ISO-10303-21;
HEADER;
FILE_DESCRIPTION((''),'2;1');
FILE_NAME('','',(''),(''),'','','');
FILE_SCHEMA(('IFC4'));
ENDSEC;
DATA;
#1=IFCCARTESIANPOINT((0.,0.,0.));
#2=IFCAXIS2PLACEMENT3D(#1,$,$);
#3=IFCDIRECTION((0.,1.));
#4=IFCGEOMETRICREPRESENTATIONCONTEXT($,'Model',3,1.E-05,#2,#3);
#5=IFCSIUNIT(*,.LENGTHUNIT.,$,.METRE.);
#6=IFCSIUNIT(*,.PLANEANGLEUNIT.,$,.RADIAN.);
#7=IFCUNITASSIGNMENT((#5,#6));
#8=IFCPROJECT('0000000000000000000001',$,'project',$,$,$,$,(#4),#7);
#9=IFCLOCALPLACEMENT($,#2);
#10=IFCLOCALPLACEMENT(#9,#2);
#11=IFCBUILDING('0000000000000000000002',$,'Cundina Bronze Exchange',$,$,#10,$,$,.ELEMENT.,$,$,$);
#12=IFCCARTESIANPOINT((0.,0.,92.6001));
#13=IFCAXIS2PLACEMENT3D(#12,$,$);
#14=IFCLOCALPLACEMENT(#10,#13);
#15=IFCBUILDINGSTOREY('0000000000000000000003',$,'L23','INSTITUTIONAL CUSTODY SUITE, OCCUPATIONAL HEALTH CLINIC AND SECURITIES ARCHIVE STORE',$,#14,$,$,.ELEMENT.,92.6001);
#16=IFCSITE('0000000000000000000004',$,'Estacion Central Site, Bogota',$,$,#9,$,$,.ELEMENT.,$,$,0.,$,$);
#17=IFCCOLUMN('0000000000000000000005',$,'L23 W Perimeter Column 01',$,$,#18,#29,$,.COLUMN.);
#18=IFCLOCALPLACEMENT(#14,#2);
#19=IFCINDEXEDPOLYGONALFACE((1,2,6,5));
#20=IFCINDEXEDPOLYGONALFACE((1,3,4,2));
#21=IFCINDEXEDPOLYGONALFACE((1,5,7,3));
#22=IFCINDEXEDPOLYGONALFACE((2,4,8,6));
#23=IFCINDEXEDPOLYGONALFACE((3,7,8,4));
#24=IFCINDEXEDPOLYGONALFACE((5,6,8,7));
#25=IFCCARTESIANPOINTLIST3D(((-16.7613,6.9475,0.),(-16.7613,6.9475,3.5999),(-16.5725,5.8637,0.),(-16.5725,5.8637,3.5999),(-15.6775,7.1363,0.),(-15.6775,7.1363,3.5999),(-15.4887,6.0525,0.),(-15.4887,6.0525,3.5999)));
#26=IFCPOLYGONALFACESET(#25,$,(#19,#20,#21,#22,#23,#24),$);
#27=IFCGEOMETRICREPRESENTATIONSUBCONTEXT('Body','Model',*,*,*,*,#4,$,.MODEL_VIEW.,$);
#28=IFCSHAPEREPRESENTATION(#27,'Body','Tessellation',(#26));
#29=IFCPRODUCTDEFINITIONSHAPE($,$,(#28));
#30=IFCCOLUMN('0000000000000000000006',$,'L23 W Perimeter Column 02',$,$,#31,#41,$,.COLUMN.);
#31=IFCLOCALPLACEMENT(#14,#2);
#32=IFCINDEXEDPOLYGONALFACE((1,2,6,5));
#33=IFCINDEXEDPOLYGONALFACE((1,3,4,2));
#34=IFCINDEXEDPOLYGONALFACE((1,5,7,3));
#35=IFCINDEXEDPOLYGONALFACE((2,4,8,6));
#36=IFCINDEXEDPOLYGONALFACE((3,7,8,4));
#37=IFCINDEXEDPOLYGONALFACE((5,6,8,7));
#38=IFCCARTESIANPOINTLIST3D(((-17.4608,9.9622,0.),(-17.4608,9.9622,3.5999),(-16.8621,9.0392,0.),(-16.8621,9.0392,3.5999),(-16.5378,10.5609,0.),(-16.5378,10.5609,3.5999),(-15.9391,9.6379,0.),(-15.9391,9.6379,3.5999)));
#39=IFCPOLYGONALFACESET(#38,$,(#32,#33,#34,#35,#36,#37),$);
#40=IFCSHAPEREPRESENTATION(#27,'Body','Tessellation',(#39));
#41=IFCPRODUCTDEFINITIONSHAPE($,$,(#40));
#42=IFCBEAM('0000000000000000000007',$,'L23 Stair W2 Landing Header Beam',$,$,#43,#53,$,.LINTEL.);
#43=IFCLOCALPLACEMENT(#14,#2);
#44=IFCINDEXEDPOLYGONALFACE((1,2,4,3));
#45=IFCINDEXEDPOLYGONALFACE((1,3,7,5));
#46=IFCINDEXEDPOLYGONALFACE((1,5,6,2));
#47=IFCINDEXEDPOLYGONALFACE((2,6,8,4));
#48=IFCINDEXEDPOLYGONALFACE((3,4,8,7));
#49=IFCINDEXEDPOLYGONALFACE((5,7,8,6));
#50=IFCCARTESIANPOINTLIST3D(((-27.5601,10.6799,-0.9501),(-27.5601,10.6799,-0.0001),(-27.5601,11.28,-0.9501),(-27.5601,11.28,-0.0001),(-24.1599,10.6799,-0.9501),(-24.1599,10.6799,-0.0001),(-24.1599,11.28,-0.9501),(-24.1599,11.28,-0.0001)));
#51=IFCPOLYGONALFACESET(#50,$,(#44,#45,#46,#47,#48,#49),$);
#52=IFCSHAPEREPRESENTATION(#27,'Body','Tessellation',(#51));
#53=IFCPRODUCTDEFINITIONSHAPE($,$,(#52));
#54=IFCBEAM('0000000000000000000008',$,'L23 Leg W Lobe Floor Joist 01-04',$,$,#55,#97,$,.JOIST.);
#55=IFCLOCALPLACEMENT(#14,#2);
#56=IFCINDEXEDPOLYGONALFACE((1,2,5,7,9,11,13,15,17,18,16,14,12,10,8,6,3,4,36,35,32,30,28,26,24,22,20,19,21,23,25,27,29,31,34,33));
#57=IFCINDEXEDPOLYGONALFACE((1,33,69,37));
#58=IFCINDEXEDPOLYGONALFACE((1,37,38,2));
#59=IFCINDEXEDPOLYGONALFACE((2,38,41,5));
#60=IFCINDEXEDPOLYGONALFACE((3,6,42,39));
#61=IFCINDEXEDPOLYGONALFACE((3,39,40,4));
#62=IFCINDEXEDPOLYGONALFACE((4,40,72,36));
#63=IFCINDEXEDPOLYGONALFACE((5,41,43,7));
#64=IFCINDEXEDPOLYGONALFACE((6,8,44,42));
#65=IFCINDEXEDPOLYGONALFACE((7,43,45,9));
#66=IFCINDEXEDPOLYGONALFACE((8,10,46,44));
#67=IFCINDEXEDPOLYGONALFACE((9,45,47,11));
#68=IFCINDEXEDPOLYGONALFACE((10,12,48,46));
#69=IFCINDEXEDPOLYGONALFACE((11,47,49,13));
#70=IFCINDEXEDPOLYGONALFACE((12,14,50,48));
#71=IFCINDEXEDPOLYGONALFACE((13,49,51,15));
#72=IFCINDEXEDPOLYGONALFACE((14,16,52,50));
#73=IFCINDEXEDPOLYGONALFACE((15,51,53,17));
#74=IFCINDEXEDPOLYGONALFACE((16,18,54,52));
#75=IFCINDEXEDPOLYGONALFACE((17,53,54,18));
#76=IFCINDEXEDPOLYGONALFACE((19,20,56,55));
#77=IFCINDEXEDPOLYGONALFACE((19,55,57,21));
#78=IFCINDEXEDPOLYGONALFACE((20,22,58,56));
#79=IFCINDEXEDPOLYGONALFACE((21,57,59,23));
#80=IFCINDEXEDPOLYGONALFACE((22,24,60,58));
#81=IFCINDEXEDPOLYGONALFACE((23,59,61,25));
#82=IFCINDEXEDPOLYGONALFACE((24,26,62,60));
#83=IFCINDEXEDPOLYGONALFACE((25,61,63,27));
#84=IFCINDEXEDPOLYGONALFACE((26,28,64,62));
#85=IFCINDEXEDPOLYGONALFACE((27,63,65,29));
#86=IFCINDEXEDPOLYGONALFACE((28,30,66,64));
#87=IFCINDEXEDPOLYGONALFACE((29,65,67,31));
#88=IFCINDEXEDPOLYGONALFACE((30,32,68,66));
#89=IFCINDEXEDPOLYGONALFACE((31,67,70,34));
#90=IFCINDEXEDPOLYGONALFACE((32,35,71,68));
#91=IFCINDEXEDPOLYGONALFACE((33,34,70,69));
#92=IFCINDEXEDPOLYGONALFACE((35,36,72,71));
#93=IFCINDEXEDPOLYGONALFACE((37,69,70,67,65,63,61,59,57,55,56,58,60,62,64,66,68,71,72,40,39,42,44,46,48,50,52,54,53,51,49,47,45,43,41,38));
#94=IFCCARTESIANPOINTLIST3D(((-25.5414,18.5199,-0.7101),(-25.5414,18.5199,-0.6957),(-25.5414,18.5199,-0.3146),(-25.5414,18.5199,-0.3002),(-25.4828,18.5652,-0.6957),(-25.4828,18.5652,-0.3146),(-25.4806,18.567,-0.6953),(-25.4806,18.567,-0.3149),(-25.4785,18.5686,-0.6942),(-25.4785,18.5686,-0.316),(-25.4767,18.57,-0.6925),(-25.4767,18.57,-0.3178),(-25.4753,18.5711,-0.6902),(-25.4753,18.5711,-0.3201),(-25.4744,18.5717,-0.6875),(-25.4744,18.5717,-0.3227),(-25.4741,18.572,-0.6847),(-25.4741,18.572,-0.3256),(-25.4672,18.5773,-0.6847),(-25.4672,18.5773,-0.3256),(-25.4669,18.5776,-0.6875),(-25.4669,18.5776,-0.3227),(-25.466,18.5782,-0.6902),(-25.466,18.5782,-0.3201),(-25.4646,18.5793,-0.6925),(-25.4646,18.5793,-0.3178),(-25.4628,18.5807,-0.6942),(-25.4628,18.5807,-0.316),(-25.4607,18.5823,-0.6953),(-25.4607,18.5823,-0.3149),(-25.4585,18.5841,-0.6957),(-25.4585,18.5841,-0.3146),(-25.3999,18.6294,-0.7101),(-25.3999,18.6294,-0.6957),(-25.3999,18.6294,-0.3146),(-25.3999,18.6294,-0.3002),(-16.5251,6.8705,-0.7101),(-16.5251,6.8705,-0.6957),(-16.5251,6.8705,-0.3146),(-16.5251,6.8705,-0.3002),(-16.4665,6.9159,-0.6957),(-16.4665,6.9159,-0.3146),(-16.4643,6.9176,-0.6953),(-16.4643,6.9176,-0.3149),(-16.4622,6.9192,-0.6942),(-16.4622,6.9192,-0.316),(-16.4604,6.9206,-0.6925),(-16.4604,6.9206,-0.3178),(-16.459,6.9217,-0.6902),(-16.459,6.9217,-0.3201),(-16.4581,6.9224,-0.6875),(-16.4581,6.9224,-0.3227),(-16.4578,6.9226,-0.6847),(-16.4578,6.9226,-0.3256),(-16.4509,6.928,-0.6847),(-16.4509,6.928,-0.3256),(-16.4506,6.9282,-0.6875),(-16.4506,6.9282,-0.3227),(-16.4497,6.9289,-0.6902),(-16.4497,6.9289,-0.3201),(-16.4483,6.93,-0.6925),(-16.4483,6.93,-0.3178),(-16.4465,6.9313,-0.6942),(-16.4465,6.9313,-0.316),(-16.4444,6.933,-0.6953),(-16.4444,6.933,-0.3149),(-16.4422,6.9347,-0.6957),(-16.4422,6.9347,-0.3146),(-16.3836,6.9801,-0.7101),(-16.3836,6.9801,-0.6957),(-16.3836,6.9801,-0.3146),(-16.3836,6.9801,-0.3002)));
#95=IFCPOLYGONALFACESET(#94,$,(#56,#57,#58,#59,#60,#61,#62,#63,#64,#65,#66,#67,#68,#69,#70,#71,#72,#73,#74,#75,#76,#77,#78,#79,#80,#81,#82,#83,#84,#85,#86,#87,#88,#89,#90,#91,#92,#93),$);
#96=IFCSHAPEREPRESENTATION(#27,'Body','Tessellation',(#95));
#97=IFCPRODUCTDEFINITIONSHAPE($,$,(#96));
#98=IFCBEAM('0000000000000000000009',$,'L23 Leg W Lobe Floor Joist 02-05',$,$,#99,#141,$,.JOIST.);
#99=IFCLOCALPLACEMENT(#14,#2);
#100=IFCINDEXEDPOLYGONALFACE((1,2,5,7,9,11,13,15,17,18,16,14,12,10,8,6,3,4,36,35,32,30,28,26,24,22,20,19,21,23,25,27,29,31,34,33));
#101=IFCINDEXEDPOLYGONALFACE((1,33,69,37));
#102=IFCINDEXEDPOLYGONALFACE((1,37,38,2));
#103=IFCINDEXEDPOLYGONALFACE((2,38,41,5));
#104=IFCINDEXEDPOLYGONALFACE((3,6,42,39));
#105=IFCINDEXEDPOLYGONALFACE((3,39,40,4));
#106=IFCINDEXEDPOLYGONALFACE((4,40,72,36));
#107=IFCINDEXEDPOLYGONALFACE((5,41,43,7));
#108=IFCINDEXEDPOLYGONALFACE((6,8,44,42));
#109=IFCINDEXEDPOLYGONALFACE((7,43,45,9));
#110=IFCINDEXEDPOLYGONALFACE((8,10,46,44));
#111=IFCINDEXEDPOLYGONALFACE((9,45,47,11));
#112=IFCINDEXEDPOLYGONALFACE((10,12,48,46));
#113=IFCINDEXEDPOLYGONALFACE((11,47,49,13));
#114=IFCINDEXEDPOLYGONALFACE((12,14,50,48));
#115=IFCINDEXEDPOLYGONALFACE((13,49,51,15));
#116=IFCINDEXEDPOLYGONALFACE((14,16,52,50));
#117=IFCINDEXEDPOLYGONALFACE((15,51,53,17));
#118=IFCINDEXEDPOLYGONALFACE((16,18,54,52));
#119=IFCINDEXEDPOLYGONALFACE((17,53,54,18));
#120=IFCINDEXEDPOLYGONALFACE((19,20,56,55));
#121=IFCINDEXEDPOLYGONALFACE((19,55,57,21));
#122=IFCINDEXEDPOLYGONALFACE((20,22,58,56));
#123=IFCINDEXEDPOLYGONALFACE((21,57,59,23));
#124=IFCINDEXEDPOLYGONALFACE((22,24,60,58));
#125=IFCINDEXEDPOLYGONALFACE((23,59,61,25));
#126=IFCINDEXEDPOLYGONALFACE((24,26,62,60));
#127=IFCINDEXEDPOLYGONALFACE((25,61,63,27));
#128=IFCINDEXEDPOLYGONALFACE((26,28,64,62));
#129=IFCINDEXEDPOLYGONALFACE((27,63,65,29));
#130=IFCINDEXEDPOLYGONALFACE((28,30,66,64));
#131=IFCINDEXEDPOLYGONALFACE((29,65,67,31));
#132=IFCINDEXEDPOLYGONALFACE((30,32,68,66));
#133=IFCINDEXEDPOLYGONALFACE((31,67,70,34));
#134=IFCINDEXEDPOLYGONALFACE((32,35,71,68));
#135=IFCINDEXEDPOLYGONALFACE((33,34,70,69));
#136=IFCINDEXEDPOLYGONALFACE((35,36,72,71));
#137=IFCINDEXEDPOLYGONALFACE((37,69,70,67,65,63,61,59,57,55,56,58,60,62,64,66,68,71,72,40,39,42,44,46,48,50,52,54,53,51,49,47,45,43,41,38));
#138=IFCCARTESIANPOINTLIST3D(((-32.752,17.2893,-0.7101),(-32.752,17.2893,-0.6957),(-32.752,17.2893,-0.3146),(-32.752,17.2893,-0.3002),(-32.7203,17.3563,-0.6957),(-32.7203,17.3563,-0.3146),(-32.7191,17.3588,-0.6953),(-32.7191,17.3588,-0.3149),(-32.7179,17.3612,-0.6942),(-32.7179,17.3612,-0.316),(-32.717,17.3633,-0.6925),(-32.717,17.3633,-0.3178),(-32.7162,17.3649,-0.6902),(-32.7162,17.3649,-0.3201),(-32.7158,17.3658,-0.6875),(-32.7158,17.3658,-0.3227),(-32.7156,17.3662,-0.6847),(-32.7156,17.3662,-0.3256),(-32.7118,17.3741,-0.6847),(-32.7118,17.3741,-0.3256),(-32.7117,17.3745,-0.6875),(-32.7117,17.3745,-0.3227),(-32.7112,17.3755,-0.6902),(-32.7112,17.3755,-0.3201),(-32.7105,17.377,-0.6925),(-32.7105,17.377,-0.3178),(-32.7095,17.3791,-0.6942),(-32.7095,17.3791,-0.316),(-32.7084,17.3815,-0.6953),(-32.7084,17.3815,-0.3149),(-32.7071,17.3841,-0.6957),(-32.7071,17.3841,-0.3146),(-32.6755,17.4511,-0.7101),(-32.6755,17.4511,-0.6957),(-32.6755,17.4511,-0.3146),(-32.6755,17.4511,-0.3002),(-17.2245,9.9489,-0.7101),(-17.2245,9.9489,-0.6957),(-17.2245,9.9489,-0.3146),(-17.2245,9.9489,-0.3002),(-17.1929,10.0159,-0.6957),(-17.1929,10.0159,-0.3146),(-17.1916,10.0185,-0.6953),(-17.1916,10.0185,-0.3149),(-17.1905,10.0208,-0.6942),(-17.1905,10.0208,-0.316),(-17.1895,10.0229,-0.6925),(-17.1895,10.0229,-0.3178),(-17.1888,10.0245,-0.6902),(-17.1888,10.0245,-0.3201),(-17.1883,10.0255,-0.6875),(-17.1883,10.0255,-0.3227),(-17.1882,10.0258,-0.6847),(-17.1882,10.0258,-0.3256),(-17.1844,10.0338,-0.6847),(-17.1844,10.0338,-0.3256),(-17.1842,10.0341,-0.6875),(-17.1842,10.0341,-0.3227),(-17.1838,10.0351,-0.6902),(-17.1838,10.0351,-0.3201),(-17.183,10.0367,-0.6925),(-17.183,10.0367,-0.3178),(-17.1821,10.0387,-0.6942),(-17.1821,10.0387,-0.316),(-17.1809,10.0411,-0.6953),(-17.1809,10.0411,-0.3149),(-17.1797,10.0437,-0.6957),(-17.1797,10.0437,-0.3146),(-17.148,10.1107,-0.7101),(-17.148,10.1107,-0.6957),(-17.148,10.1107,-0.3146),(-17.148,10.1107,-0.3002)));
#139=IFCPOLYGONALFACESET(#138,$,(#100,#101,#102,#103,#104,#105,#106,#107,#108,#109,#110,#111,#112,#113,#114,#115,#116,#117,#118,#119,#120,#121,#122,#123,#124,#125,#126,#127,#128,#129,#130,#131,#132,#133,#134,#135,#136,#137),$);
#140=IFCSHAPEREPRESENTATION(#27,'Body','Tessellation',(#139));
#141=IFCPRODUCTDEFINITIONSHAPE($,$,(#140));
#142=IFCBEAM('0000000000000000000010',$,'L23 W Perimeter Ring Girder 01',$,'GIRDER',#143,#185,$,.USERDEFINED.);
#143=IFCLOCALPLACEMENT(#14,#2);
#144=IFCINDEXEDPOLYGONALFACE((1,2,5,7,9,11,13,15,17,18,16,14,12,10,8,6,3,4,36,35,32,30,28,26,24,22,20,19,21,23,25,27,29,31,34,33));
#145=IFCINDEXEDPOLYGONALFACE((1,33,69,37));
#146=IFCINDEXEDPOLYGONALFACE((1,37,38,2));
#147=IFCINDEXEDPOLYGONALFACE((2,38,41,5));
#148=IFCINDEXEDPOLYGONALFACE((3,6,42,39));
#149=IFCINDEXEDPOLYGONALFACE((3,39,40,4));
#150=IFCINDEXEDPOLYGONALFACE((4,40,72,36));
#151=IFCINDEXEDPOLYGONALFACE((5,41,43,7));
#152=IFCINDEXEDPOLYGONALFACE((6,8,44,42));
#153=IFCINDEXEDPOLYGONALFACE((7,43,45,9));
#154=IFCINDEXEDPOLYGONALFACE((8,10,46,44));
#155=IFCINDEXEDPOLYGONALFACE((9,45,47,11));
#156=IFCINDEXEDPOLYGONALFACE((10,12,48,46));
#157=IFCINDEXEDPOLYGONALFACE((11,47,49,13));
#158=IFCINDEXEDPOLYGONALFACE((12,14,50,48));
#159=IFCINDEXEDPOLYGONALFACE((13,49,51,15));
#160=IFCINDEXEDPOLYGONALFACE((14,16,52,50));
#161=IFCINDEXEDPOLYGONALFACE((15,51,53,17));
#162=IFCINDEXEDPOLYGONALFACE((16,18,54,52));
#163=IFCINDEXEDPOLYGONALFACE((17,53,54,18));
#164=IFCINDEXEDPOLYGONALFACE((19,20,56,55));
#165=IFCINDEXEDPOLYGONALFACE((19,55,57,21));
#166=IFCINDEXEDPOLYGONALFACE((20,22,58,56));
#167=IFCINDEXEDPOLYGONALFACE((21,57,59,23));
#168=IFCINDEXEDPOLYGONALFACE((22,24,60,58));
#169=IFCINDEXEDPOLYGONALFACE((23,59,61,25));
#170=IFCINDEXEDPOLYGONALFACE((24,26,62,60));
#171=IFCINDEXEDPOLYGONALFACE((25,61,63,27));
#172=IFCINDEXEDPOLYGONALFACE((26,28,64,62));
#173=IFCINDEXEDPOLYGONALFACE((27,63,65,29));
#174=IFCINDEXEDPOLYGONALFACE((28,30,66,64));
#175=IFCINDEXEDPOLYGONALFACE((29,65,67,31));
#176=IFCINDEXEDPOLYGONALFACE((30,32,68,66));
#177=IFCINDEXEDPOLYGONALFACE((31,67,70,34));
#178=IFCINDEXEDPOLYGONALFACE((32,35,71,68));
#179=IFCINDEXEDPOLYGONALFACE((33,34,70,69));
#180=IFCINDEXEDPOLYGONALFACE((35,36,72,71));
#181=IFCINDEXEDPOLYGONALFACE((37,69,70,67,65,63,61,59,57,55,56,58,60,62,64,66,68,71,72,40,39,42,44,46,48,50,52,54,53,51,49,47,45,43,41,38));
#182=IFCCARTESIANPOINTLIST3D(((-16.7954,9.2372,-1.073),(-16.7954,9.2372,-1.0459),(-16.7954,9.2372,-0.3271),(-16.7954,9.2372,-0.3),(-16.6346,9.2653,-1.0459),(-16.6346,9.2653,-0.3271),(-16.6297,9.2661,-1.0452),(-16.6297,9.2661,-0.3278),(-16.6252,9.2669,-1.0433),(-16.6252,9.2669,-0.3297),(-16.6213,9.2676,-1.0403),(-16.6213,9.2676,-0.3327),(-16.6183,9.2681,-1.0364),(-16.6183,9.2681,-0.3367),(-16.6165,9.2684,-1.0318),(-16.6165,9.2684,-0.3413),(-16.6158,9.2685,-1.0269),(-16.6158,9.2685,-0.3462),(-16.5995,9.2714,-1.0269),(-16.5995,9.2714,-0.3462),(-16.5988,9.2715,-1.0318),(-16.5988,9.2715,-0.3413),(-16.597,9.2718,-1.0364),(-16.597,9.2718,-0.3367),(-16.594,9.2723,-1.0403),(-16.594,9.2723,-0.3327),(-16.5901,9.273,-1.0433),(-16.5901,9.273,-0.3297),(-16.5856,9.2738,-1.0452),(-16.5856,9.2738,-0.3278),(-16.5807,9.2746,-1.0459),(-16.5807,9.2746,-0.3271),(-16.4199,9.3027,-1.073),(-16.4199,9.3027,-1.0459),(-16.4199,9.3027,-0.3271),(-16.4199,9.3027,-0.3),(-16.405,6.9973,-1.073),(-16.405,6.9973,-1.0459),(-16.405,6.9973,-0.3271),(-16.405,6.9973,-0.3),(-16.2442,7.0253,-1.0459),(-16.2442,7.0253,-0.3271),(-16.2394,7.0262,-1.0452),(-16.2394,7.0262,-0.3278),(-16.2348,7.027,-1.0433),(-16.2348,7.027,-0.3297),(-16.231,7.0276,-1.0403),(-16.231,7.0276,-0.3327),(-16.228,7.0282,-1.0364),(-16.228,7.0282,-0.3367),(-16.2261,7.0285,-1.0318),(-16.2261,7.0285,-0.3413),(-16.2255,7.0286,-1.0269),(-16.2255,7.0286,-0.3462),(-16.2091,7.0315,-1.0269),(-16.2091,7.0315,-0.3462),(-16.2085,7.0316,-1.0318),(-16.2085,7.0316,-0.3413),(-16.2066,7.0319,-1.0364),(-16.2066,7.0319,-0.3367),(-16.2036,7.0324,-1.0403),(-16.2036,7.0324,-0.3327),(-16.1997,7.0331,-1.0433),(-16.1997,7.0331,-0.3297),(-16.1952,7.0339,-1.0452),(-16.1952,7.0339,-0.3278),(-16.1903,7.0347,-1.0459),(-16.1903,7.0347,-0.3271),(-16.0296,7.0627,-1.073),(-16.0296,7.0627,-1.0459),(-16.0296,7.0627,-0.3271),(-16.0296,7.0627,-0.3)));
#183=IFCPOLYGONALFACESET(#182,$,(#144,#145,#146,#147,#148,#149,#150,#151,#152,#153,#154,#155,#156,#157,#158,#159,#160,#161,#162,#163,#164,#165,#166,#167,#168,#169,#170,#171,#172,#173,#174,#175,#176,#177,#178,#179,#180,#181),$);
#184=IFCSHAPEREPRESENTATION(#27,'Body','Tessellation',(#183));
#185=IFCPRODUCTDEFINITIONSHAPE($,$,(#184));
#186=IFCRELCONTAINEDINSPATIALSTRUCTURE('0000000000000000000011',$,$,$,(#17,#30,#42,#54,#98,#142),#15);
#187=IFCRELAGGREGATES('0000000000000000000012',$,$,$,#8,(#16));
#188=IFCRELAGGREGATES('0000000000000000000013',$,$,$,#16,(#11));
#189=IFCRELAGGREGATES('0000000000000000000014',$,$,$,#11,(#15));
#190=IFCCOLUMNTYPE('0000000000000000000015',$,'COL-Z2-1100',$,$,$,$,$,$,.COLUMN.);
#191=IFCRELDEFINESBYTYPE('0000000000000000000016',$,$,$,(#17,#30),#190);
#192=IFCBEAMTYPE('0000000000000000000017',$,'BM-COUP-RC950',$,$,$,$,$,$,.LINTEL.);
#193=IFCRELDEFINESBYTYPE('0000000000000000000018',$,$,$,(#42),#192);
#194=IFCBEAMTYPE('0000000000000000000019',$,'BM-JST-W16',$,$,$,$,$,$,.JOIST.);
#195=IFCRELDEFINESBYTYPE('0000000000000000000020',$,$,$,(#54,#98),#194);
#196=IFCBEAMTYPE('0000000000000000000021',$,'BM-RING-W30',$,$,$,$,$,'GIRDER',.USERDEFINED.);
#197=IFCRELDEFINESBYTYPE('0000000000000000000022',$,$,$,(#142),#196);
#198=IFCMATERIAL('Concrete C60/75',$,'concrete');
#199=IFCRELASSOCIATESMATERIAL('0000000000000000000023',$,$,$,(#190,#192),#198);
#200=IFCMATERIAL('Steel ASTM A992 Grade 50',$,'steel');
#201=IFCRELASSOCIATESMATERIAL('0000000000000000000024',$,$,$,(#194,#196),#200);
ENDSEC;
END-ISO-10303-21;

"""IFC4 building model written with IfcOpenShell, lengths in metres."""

from ifc_helpers import new_model, si_unit, direction, frame, origin, origin_2d, place, context, subcontext, project, spatial, rectangle, i_section, extrude, material, material_profile, profile_set, type_object, element, save


model = new_model("IFC4")

# Units and contexts
model_context = context("Model", 3, precision=1e-05, world=origin(), true_north=direction((0.0, 1.0)))
body_context = subcontext(model_context, "Body", "Model", "MODEL_VIEW")
ifc_project = project(units=[si_unit("LENGTHUNIT", "METRE"), si_unit("PLANEANGLEUNIT", "RADIAN")], contexts=[model_context])

# Site, building, storey
site_placement = place(None, origin())
site = spatial("IfcSite", under=ifc_project, at=site_placement, Name="Estacion Central Site, Bogota", CompositionType="ELEMENT", RefElevation=0.0)
building_placement = place(site_placement, origin())
building = spatial("IfcBuilding", under=site, at=building_placement, Name="Cundina Bronze Exchange", CompositionType="ELEMENT")
storey_placement = place(building_placement, frame((0.0, 0.0, 92.6001)))
storey = spatial("IfcBuildingStorey", under=building, at=storey_placement, Name="L23", Description="INSTITUTIONAL CUSTODY SUITE, OCCUPATIONAL HEALTH CLINIC AND SECURITIES ARCHIVE STORE", CompositionType="ELEMENT", Elevation=92.6001)

# Columns
ifc_material_1 = material(Name="Concrete C60/75", Category="concrete")
ifc_material_profile_1 = material_profile(ifc_material_1, rectangle(XDim=1.1001, YDim=1.1001, at=origin_2d()), Name="RC1100X1100", Category="concrete")
ifc_profile_set_1 = profile_set([ifc_material_profile_1], Name="Concrete C60/75")
column_type = type_object("IfcColumnType", Name="COL-Z2-1100", PredefinedType="COLUMN", material=ifc_profile_set_1)
for number, where, z_axis, x_axis, name in (
    (1, (-16.125, 6.5, 0.0), (0.0, 0.0, 1.0), (-0.171585, 0.985169, 0.0), "L23 W Perimeter Column 01"),
    (2, (-16.7, 9.8, 0.0), (0.0, 0.0, 1.0), (-0.5442, 0.838956, 0.0), "L23 W Perimeter Column 02"),
):
    element("IfcColumn", number, at=place(storey_placement, frame(where, z_axis=z_axis, x_axis=x_axis)), inside=storey, type_object=column_type, Name=name, PredefinedType="COLUMN", context=body_context, shape_type="SweptSolid", body=[
        extrude(rectangle(XDim=1.1001, YDim=1.1001, at=origin_2d()), origin(), (0.0, 0.0, 1.0), 3.5999),
    ])

# Beams
ifc_material_profile_2 = material_profile(ifc_material_1, rectangle(XDim=0.6001, YDim=0.95, at=origin_2d()), Name="RC600X950", Category="concrete")
ifc_profile_set_2 = profile_set([ifc_material_profile_2], Name="Concrete C60/75")
beam_type_1 = type_object("IfcBeamType", Name="BM-COUP-RC950", PredefinedType="LINTEL", material=ifc_profile_set_2)
beam_1_placement = place(storey_placement, frame((-27.5601, 10.98, -0.4751), z_axis=(1.0, 0.0, 0.0), x_axis=(0.0, 1.0, 0.0)))
element("IfcBeam", 3, at=beam_1_placement, inside=storey, type_object=beam_type_1, Name="L23 Stair W2 Landing Header Beam", PredefinedType="LINTEL", context=body_context, shape_type="SweptSolid", body=[
    extrude(rectangle(XDim=0.6001, YDim=0.95, at=origin_2d()), origin(), (0.0, 0.0, 1.0), 3.4001),
])
ifc_material_2 = material(Name="Steel ASTM A992 Grade 50", Category="steel")
ifc_material_profile_3 = material_profile(ifc_material_2, i_section(OverallWidth=0.179, OverallDepth=0.4099, WebThickness=0.0088, FlangeThickness=0.0144, FilletRadius=0.011, at=origin_2d()), Name="W16X45", Category="steel")
ifc_profile_set_3 = profile_set([ifc_material_profile_3], Name="Steel ASTM A992 Grade 50")
beam_type_2 = type_object("IfcBeamType", Name="BM-JST-W16", PredefinedType="JOIST", material=ifc_profile_set_3)
beam_2_placement = place(storey_placement, frame((-16.4543, 6.9253, -0.5051), z_axis=(-0.612065, 0.790807, 0.0), x_axis=(-0.790807, -0.612065, 0.0)))
element("IfcBeam", 4, at=beam_2_placement, inside=storey, type_object=beam_type_2, Name="L23 Leg W Lobe Floor Joist 01-04", PredefinedType="JOIST", context=body_context, shape_type="SweptSolid", body=[
    extrude(i_section(OverallWidth=0.179, OverallDepth=0.4099, WebThickness=0.0088, FlangeThickness=0.0144, FilletRadius=0.011, at=origin_2d()), origin(), (0.0, 0.0, 1.0), 14.731),
])
beam_3_placement = place(storey_placement, frame((-17.1863, 10.0298, -0.5051), z_axis=(-0.904069, 0.427386, 0.0), x_axis=(-0.427386, -0.904069, 0.0)))
element("IfcBeam", 5, at=beam_3_placement, inside=storey, type_object=beam_type_2, Name="L23 Leg W Lobe Floor Joist 02-05", PredefinedType="JOIST", context=body_context, shape_type="SweptSolid", body=[
    extrude(i_section(OverallWidth=0.179, OverallDepth=0.4099, WebThickness=0.0088, FlangeThickness=0.0144, FilletRadius=0.011, at=origin_2d()), origin(), (0.0, 0.0, 1.0), 17.175),
])
ifc_material_profile_4 = material_profile(ifc_material_2, i_section(OverallWidth=0.3811, OverallDepth=0.7729, WebThickness=0.0166, FlangeThickness=0.0271, FilletRadius=0.019, at=origin_2d()), Name="W30X173", Category="steel")
ifc_profile_set_4 = profile_set([ifc_material_profile_4], Name="Steel ASTM A992 Grade 50")
beam_type_3 = type_object("IfcBeamType", Name="BM-RING-W30", ElementType="GIRDER", PredefinedType="USERDEFINED", material=ifc_profile_set_4)
beam_4_placement = place(storey_placement, frame((-16.2173, 7.03, -0.6865), z_axis=(-0.17169, 0.985151, 0.0), x_axis=(-0.985151, -0.17169, 0.0)))
element("IfcBeam", 6, at=beam_4_placement, inside=storey, type_object=beam_type_3, Name="L23 W Perimeter Ring Girder 01", ObjectType="GIRDER", PredefinedType="USERDEFINED", context=body_context, shape_type="SweptSolid", body=[
    extrude(i_section(OverallWidth=0.3811, OverallDepth=0.7729, WebThickness=0.0166, FlangeThickness=0.0271, FilletRadius=0.019, at=origin_2d()), origin(), (0.0, 0.0, 1.0), 2.2737),
])

save(model, "model.ifc")
